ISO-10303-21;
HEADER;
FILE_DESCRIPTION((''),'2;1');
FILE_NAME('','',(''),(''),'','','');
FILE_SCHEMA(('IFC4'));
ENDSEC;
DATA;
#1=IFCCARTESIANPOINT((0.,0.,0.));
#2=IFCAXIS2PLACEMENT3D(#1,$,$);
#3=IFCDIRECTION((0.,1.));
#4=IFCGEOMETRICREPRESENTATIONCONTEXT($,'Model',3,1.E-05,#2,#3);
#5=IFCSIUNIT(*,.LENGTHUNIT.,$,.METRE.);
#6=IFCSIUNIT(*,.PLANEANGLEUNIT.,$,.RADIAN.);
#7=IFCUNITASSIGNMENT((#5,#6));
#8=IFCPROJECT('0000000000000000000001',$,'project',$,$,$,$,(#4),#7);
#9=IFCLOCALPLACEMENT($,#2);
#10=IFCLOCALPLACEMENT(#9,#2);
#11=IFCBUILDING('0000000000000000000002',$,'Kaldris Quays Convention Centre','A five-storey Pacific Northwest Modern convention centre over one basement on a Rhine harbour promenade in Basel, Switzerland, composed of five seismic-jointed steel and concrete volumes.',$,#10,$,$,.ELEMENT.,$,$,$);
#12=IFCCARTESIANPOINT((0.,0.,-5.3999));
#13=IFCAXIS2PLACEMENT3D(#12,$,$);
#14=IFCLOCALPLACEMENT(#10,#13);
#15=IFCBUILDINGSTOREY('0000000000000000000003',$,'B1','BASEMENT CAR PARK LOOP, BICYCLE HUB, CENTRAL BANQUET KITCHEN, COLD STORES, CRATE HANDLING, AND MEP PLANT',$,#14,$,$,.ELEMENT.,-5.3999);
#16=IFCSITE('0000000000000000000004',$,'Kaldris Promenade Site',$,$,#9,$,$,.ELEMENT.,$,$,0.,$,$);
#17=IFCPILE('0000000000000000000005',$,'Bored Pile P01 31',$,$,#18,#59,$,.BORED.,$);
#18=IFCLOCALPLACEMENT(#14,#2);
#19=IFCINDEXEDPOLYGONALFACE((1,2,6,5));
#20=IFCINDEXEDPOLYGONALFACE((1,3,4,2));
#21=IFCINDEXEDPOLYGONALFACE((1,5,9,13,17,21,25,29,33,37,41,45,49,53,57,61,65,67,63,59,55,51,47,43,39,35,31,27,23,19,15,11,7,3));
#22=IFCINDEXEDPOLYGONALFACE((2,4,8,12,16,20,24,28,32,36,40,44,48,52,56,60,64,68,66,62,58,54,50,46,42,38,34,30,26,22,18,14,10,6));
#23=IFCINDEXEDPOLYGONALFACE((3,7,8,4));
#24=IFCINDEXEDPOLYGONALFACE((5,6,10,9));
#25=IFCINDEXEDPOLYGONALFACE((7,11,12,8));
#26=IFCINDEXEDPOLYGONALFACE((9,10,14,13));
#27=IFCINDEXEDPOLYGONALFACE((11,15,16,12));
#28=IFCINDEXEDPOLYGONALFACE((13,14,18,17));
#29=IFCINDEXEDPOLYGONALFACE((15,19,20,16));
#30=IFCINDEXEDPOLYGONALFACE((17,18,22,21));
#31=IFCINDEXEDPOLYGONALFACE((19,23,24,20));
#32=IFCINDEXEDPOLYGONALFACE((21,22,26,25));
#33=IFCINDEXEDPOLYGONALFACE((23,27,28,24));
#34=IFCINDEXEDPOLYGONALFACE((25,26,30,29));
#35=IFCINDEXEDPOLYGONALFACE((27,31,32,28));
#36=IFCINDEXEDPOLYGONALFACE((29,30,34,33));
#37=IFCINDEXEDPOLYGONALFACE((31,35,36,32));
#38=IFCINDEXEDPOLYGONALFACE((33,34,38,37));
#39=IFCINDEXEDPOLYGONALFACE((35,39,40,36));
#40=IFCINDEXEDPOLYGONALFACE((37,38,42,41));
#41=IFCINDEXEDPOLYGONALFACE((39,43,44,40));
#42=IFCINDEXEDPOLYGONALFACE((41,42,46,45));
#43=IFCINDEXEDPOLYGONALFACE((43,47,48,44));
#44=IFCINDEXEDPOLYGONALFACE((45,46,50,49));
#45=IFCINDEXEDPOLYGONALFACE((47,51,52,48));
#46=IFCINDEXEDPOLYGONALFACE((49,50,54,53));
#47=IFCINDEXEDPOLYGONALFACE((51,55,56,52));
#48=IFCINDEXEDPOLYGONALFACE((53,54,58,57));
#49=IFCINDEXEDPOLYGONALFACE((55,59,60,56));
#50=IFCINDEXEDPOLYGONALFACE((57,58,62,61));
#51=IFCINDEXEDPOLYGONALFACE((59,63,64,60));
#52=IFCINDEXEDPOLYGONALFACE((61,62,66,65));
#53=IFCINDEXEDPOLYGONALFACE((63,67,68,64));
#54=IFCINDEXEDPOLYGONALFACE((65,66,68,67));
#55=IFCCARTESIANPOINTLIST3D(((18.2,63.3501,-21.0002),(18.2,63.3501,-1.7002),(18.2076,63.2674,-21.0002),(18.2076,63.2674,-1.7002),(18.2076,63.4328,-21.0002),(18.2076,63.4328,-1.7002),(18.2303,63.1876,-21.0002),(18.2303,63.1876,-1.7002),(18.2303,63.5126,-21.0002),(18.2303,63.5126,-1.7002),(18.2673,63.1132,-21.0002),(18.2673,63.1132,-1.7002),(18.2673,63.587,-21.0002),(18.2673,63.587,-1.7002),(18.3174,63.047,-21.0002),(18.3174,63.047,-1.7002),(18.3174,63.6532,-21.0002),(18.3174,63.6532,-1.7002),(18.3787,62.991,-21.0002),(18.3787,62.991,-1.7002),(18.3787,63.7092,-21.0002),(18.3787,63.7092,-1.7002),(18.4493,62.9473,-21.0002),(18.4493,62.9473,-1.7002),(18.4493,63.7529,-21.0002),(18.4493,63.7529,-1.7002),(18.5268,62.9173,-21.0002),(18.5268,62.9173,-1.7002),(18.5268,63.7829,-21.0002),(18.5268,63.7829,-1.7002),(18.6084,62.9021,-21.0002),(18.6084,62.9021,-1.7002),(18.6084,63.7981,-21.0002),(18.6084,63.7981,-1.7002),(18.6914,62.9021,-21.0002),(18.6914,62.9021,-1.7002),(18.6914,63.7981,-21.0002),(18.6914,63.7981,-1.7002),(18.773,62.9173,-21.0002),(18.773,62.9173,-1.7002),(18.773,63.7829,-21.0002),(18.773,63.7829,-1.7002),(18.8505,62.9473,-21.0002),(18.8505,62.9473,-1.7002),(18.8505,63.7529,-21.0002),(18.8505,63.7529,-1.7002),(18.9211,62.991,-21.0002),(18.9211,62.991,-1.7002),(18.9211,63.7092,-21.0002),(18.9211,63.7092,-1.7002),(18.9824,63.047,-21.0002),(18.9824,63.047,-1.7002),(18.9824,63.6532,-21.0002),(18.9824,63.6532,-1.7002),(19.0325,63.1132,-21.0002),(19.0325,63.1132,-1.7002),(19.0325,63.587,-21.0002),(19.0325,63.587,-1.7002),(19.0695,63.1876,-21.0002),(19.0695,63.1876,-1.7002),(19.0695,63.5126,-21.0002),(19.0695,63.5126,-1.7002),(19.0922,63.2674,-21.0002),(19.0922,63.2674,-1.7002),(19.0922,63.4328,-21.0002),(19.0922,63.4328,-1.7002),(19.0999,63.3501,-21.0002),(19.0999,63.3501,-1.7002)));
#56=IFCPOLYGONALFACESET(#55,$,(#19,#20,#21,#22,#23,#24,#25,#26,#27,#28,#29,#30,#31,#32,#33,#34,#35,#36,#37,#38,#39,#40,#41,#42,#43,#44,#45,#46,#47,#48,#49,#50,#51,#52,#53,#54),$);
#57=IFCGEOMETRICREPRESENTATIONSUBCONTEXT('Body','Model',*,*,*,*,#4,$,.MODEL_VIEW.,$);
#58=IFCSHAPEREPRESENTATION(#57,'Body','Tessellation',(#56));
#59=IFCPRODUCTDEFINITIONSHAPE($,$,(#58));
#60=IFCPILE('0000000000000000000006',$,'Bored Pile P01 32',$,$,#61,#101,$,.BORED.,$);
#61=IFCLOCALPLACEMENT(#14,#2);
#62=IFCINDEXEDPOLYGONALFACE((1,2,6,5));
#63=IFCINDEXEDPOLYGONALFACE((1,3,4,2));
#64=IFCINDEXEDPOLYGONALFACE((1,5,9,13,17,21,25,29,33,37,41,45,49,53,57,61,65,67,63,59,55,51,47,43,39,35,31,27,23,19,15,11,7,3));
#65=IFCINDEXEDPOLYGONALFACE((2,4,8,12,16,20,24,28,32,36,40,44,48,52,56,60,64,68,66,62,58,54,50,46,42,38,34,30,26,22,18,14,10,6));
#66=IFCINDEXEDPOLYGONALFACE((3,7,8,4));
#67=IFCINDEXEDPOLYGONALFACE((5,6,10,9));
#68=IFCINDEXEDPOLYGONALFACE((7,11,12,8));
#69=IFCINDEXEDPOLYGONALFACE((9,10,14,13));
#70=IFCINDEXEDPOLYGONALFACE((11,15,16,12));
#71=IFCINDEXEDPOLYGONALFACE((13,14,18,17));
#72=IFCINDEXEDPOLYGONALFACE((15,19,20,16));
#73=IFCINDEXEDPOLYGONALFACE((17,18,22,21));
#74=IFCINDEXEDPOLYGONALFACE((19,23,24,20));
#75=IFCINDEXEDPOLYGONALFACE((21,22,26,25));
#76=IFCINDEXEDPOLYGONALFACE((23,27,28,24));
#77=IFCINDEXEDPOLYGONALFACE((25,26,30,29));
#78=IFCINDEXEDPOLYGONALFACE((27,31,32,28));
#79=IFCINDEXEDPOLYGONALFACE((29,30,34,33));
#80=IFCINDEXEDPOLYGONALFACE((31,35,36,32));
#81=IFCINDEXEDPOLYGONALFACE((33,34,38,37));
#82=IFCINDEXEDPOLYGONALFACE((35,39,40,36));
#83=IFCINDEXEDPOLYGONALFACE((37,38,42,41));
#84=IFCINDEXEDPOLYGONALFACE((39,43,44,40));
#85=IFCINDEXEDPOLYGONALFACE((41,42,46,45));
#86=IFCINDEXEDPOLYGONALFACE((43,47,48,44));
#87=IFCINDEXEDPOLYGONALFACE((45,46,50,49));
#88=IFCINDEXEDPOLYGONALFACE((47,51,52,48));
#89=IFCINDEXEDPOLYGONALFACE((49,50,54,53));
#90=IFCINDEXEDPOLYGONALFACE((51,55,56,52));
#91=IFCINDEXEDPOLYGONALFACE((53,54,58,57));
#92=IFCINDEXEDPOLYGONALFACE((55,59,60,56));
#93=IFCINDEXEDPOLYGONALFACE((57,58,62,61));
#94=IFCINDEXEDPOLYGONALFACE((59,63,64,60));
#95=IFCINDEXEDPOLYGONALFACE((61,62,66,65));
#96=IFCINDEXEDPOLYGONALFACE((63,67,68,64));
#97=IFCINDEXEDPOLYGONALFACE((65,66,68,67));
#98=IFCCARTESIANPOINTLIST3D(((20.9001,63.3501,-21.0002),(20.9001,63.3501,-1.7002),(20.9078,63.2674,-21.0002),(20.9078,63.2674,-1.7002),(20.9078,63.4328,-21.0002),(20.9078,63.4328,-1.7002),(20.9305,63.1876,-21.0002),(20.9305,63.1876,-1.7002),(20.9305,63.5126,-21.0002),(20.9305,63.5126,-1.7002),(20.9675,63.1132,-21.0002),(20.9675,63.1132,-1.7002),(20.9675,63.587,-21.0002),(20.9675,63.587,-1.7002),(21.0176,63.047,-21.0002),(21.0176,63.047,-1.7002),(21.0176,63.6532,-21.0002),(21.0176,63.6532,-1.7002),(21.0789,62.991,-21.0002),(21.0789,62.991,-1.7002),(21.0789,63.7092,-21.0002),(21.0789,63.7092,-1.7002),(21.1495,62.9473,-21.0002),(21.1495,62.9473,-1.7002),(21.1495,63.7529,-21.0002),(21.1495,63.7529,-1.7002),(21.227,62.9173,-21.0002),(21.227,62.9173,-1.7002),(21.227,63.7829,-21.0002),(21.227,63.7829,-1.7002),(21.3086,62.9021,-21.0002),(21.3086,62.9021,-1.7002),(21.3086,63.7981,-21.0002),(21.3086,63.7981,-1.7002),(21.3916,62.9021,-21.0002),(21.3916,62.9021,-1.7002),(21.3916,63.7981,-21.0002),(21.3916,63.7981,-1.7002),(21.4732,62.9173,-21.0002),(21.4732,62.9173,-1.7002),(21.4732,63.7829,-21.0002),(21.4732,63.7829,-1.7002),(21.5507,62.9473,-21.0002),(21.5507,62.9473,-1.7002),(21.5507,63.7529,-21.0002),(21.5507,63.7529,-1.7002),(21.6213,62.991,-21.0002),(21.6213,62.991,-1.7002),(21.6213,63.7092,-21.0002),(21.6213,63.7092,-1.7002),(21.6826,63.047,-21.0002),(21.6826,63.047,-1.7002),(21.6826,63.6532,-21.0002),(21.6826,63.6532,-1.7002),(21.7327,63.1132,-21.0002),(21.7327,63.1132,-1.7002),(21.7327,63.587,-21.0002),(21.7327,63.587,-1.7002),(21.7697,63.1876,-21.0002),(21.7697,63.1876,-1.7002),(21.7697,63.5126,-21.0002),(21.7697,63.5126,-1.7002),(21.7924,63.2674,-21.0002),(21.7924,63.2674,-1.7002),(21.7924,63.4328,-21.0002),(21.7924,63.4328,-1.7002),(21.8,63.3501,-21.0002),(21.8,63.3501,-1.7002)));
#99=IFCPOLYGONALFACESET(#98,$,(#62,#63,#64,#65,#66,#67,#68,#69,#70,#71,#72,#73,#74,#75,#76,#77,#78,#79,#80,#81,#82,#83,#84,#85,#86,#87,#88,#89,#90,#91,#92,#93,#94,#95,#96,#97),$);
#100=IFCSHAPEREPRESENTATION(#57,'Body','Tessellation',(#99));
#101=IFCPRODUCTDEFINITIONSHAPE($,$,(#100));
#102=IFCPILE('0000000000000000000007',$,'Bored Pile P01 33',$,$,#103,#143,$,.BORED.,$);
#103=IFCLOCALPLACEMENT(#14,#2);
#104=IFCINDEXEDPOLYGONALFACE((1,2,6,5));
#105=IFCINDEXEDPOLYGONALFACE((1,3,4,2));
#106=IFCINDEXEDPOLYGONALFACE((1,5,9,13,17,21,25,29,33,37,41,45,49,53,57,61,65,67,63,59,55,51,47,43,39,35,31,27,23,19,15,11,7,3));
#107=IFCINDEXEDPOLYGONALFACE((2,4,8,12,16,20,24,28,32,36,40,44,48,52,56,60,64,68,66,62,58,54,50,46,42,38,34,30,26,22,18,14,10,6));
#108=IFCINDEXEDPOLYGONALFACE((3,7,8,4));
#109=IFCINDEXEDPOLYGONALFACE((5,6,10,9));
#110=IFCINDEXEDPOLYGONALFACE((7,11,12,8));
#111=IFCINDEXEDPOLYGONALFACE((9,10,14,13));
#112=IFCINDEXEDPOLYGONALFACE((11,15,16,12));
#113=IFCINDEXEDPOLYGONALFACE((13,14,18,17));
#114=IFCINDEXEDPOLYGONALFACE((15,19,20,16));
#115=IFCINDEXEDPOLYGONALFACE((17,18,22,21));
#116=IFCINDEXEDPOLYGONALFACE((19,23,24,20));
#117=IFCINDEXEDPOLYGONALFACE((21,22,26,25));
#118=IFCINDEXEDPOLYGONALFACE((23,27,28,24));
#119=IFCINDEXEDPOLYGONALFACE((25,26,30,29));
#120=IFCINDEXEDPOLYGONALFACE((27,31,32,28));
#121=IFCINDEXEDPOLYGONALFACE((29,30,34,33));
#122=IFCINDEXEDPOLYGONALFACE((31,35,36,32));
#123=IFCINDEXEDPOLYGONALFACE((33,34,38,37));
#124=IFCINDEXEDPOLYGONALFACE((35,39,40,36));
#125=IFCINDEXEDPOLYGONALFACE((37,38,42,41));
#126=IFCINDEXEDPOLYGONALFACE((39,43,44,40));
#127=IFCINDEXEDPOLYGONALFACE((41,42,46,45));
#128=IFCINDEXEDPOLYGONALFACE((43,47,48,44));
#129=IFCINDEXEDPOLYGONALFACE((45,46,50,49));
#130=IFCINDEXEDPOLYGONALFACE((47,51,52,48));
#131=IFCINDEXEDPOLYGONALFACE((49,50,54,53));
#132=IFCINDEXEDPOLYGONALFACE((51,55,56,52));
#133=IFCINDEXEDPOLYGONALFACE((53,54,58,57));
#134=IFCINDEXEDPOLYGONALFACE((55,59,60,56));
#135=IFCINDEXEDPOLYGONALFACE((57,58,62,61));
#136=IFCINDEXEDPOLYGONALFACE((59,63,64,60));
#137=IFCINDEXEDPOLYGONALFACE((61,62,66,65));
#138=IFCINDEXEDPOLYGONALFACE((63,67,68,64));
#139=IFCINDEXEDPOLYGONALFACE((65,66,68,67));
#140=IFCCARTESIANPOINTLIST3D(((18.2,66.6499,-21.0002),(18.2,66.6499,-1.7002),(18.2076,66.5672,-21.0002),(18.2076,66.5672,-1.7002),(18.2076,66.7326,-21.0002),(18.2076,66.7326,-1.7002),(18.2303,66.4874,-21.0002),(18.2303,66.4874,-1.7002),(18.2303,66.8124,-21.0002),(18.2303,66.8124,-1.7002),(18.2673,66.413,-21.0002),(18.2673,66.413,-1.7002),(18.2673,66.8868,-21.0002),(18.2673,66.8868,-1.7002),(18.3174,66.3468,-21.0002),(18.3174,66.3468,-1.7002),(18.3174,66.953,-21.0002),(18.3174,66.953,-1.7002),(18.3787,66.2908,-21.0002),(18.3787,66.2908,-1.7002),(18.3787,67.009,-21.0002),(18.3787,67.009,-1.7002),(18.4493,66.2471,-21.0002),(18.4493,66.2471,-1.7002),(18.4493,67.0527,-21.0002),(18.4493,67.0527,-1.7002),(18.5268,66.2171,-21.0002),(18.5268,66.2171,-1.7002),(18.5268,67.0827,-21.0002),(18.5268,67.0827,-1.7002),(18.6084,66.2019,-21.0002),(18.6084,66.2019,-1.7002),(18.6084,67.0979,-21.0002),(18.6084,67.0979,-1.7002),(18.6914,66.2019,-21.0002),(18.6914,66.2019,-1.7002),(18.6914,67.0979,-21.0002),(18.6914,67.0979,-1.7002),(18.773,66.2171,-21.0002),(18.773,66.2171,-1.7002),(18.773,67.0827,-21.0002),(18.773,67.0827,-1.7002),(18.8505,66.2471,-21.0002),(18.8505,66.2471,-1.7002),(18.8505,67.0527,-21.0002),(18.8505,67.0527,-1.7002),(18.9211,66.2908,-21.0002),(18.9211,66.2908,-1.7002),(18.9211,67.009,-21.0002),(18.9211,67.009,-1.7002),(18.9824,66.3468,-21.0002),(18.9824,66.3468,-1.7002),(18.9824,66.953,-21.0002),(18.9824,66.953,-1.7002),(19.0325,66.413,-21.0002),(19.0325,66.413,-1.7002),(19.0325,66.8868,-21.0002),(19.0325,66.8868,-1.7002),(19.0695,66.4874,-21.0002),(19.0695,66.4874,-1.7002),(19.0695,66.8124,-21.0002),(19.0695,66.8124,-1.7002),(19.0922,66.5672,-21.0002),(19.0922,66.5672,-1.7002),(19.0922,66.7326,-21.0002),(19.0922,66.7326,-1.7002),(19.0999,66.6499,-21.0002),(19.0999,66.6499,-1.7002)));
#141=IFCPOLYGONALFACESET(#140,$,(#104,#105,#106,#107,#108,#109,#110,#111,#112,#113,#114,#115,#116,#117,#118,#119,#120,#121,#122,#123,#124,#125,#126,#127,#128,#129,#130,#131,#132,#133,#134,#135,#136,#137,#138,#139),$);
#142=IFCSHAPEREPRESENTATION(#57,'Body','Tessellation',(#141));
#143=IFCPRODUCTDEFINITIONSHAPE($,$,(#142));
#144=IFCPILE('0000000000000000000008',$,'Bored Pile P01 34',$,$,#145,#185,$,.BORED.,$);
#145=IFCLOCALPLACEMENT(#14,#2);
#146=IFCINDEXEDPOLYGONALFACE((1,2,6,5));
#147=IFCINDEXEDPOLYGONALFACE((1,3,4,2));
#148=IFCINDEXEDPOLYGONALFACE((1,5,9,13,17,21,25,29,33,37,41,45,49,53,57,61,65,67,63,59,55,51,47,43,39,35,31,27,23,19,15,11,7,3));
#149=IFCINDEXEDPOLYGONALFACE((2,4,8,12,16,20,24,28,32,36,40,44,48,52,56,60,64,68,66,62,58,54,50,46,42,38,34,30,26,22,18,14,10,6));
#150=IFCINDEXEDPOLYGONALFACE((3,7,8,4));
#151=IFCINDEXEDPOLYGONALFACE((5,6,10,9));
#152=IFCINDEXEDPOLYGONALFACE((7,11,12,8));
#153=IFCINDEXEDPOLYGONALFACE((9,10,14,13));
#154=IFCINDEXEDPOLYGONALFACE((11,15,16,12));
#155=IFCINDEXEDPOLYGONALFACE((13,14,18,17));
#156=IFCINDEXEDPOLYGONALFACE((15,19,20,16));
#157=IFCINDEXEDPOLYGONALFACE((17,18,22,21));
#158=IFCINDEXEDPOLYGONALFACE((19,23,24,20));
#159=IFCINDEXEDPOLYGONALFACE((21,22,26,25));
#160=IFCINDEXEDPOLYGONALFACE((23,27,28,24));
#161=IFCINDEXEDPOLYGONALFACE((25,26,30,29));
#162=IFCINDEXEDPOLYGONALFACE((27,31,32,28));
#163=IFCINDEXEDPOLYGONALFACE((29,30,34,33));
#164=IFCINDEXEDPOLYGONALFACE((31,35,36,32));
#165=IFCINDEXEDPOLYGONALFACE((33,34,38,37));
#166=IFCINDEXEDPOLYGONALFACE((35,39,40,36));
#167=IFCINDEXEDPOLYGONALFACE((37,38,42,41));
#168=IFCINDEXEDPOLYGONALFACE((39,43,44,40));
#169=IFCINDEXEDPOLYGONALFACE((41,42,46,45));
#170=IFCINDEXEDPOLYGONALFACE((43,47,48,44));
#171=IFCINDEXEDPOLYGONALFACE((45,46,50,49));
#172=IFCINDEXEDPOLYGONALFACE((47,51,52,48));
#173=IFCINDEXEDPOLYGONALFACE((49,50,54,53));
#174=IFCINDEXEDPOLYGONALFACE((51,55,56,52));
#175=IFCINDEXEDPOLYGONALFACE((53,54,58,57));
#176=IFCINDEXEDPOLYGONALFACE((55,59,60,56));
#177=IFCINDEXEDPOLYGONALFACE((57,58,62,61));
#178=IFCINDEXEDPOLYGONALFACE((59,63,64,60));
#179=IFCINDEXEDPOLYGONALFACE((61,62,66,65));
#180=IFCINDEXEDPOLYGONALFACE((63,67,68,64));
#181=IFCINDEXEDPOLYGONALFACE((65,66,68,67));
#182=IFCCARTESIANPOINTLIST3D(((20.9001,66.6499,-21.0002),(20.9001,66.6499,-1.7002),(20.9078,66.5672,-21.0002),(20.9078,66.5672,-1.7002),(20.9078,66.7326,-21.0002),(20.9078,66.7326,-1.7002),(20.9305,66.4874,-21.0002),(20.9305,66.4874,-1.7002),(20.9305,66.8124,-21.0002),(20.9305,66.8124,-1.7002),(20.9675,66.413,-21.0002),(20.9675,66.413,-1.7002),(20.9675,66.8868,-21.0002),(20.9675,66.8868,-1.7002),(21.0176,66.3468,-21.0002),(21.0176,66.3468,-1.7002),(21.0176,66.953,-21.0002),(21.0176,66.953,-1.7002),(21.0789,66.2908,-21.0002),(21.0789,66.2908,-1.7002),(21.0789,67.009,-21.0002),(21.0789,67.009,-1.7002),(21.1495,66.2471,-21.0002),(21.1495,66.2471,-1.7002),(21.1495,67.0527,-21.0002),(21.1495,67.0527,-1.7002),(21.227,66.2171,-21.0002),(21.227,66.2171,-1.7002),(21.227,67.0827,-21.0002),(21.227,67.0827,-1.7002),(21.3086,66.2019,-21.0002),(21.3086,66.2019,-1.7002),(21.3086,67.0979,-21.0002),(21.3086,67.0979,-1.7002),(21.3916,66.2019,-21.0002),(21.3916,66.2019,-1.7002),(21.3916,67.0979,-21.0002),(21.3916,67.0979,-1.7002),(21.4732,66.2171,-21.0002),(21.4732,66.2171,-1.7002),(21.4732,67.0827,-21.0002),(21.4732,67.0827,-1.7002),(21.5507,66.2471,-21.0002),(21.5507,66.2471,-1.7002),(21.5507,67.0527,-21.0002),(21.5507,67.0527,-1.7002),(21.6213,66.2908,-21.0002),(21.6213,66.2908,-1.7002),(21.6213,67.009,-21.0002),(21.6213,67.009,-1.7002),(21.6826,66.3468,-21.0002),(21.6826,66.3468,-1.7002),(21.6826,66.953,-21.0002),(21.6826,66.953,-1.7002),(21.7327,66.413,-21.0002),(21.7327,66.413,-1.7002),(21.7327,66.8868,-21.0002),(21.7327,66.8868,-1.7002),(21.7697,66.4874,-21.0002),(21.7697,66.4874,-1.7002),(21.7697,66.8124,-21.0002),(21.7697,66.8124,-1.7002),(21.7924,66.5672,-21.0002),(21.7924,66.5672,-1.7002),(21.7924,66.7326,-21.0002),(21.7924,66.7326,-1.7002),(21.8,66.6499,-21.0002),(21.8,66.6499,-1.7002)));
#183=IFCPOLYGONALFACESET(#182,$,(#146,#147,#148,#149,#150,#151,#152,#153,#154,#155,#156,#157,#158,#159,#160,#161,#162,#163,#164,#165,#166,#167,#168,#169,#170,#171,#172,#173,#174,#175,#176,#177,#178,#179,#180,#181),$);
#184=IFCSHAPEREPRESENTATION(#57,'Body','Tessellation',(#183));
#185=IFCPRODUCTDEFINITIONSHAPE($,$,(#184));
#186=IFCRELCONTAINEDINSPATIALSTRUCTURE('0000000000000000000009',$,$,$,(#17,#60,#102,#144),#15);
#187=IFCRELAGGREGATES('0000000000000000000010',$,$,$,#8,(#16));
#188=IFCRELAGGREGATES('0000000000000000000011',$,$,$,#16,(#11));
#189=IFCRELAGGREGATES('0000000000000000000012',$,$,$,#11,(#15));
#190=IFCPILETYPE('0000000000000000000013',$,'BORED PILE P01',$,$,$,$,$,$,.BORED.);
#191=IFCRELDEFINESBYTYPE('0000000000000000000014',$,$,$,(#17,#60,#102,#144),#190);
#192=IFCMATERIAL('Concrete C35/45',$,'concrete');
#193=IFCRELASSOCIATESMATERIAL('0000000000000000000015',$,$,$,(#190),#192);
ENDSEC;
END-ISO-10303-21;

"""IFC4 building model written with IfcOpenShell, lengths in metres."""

from ifc_helpers import new_model, si_unit, direction, frame, origin, origin_2d, place, context, subcontext, project, spatial, circle, extrude, material, material_profile, profile_set, type_object, element, save


model = new_model("IFC4")

# Units and contexts
model_context = context("Model", 3, precision=1e-05, world=origin(), true_north=direction((0.0, 1.0)))
body_context = subcontext(model_context, "Body", "Model", "MODEL_VIEW")
ifc_project = project(units=[si_unit("LENGTHUNIT", "METRE"), si_unit("PLANEANGLEUNIT", "RADIAN")], contexts=[model_context])

# Site, building, storey
site_placement = place(None, origin())
site = spatial("IfcSite", under=ifc_project, at=site_placement, Name="Kaldris Promenade Site", CompositionType="ELEMENT", RefElevation=0.0)
building_placement = place(site_placement, origin())
building = spatial("IfcBuilding", under=site, at=building_placement, Name="Kaldris Quays Convention Centre", Description="A five-storey Pacific Northwest Modern convention centre over one basement on a Rhine harbour promenade in Basel, Switzerland, composed of five seismic-jointed steel and concrete volumes.", CompositionType="ELEMENT")
storey_placement = place(building_placement, frame((0.0, 0.0, -5.3999)))
storey = spatial("IfcBuildingStorey", under=building, at=storey_placement, Name="B1", Description="BASEMENT CAR PARK LOOP, BICYCLE HUB, CENTRAL BANQUET KITCHEN, COLD STORES, CRATE HANDLING, AND MEP PLANT", CompositionType="ELEMENT", Elevation=-5.3999)

# Piles
ifc_material_1 = material(Name="Concrete C35/45", Category="concrete")
ifc_material_profile_1 = material_profile(ifc_material_1, circle(Radius=0.45, at=origin_2d()), Name="BORED PILE D900")
ifc_profile_set_1 = profile_set([ifc_material_profile_1], Name="Concrete C35/45")
pile_type = type_object("IfcPileType", Name="BORED PILE P01", PredefinedType="BORED", material=ifc_profile_set_1)
for number, where, z_axis, x_axis, name in (
    (1, (18.6499, 63.3501, -1.7002), (0.0, 0.0, -1.0), (1.0, 0.0, 0.0), "Bored Pile P01 31"),
    (2, (21.3501, 63.3501, -1.7002), (0.0, 0.0, -1.0), (1.0, 0.0, 0.0), "Bored Pile P01 32"),
    (3, (18.6499, 66.6499, -1.7002), (0.0, 0.0, -1.0), (1.0, 0.0, 0.0), "Bored Pile P01 33"),
    (4, (21.3501, 66.6499, -1.7002), (0.0, 0.0, -1.0), (1.0, 0.0, 0.0), "Bored Pile P01 34"),
):
    element("IfcPile", number, at=place(storey_placement, frame(where, z_axis=z_axis, x_axis=x_axis)), inside=storey, type_object=pile_type, Name=name, PredefinedType="BORED", context=body_context, shape_type="SweptSolid", body=[
        extrude(circle(Radius=0.45, at=origin_2d()), origin(), (0.0, 0.0, 1.0), 19.3),
    ])

save(model, "model.ifc")
